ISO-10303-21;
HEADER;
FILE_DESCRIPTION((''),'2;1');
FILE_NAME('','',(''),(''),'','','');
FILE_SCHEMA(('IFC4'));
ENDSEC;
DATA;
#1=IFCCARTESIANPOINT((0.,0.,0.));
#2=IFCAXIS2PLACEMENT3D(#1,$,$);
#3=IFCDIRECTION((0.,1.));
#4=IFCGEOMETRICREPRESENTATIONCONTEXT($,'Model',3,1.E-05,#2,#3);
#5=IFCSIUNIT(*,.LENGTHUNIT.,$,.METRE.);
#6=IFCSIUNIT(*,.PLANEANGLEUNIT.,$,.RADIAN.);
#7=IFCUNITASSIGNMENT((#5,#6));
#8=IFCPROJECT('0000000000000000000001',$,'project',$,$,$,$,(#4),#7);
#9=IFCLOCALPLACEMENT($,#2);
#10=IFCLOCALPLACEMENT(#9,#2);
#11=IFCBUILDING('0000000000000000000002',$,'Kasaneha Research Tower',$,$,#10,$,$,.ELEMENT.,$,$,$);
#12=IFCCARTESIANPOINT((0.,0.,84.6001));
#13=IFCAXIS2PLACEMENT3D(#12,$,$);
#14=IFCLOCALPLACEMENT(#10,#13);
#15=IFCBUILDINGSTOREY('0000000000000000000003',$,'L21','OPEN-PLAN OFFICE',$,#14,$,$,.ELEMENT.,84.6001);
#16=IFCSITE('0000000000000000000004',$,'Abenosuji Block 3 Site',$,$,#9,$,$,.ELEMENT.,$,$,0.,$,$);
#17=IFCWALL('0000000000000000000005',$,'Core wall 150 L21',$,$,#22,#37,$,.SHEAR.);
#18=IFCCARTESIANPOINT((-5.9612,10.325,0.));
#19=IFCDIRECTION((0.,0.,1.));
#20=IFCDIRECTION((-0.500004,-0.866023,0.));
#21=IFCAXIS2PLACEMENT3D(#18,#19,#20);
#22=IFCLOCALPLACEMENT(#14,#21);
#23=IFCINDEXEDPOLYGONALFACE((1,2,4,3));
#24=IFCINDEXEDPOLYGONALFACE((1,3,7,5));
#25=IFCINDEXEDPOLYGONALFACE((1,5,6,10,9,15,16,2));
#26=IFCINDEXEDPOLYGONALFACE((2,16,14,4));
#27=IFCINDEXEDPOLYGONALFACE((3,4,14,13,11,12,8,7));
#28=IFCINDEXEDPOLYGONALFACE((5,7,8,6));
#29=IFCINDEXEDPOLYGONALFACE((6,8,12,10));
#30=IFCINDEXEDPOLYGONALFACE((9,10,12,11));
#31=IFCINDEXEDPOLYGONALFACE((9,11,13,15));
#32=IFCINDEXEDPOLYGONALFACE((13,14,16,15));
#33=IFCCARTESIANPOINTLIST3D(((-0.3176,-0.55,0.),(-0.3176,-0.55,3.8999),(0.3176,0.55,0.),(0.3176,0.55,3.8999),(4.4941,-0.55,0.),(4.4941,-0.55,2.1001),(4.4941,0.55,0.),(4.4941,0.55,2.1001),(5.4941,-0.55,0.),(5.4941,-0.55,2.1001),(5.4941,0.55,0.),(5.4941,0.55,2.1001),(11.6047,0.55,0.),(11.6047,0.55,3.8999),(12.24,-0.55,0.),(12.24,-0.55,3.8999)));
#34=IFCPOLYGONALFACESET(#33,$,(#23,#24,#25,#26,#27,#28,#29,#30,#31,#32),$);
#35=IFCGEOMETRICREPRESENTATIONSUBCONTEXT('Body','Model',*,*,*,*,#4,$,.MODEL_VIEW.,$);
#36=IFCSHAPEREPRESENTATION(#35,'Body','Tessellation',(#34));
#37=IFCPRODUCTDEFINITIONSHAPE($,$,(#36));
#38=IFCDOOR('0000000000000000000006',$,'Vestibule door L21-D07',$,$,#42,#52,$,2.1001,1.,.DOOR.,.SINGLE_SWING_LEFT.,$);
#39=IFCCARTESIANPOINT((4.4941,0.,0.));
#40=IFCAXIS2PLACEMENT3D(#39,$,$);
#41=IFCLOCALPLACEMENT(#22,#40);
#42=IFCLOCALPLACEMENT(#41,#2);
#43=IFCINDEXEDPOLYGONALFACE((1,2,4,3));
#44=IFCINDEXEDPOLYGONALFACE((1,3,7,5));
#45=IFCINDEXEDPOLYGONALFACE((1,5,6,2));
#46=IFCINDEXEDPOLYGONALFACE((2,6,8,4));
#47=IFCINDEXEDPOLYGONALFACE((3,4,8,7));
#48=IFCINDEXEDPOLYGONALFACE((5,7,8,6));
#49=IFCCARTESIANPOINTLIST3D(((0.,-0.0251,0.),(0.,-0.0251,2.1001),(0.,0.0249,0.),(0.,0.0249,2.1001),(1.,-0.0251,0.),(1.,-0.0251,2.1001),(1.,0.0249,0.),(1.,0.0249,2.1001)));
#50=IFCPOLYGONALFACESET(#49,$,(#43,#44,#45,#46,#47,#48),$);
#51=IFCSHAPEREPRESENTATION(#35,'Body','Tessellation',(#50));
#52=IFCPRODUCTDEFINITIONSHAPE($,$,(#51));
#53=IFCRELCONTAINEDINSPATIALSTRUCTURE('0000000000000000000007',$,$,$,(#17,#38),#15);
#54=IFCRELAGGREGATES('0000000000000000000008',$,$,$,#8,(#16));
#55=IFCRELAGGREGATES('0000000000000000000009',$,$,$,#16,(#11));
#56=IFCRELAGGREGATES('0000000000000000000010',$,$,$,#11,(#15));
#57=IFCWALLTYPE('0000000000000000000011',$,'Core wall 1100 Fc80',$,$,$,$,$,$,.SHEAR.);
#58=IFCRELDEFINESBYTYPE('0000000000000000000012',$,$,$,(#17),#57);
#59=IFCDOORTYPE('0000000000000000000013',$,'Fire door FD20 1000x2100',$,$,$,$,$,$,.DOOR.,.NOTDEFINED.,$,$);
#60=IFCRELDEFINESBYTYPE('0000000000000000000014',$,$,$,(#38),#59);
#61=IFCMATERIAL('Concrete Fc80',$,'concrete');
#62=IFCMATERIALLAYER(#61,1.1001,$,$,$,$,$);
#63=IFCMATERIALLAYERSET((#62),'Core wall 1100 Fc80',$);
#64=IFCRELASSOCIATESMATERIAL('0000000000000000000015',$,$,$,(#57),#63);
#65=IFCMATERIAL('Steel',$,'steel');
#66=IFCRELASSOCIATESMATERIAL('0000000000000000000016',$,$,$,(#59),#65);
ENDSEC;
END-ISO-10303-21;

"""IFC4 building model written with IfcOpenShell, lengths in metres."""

from ifc_helpers import new_model, si_unit, direction, frame, frame_2d, origin, place, context, subcontext, project, spatial, polyline, rectangle, outline, extrude, material, layer, layer_set, type_object, element, fill, save


model = new_model("IFC4")

# Units and contexts
model_context = context("Model", 3, precision=1e-05, world=origin(), true_north=direction((0.0, 1.0)))
body_context = subcontext(model_context, "Body", "Model", "MODEL_VIEW")
ifc_project = project(units=[si_unit("LENGTHUNIT", "METRE"), si_unit("PLANEANGLEUNIT", "RADIAN")], contexts=[model_context])

# Site, building, storey
site_placement = place(None, origin())
site = spatial("IfcSite", under=ifc_project, at=site_placement, Name="Abenosuji Block 3 Site", CompositionType="ELEMENT", RefElevation=0.0)
building_placement = place(site_placement, origin())
building = spatial("IfcBuilding", under=site, at=building_placement, Name="Kasaneha Research Tower", CompositionType="ELEMENT")
storey_placement = place(building_placement, frame((0.0, 0.0, 84.6001)))
storey = spatial("IfcBuildingStorey", under=building, at=storey_placement, Name="L21", Description="OPEN-PLAN OFFICE", CompositionType="ELEMENT", Elevation=84.6001)

# Wall, opening, door
ifc_material_1 = material(Name="Concrete Fc80", Category="concrete")
ifc_layer_1 = layer(ifc_material_1, 1.1001)
ifc_layer_set_1 = layer_set([ifc_layer_1], Name="Core wall 1100 Fc80")
wall_type_1 = type_object("IfcWallType", Name="Core wall 1100 Fc80", PredefinedType="SHEAR", material=ifc_layer_set_1)
wall_1_placement = place(storey_placement, frame((-5.9612, 10.325, 0.0), z_axis=(0.0, 0.0, 1.0), x_axis=(-0.500004, -0.866023, 0.0)))
wall_1 = element("IfcWall", 1, at=wall_1_placement, inside=storey, type_object=wall_type_1, Name="Core wall 150 L21", PredefinedType="SHEAR", context=body_context, shape_type="SweptSolid", body=[
    extrude(outline(polyline([(-0.3176, -0.55), (4.4941, -0.55), (5.4941, -0.55), (12.24, -0.55), (11.6047, 0.55), (5.4941, 0.55), (4.4941, 0.55), (0.3176, 0.55), (-0.3176, -0.55)])), origin(), (0.0, 0.0, 1.0), 3.8999),
])
opening_1_placement = place(wall_1_placement, frame((4.4941, 0.0, 0.0)))
opening_1 = element("IfcOpeningElement", 2, at=opening_1_placement, cuts=wall_1, PredefinedType="OPENING", context=body_context, shape_type="SweptSolid", body=[
    extrude(rectangle(XDim=1.0, YDim=2.1001, at=frame_2d((0.5, 1.05))), frame((0.0, 0.5601, 0.0), z_axis=(0.0, -1.0, 0.0), x_axis=(1.0, 0.0, 0.0)), (0.0, 0.0, 1.0), 1.1201),
])
ifc_material_2 = material(Name="Steel", Category="steel")
door_type_1 = type_object("IfcDoorType", Name="Fire door FD20 1000x2100", OperationType="NOTDEFINED", PredefinedType="DOOR", material=ifc_material_2)
door_1_placement = place(opening_1_placement, origin())
door_1 = element("IfcDoor", 3, at=door_1_placement, inside=storey, type_object=door_type_1, Name="Vestibule door L21-D07", OperationType="SINGLE_SWING_LEFT", OverallHeight=2.1001, OverallWidth=1.0, PredefinedType="DOOR", context=body_context, shape_type="SweptSolid", body=[
    extrude(rectangle(XDim=1.0, YDim=2.1001, at=frame_2d((0.5, 1.05))), frame((0.0, 0.0249, 0.0), z_axis=(0.0, -1.0, 0.0), x_axis=(1.0, 0.0, 0.0)), (0.0, 0.0, 1.0), 0.05),
])
fill(opening_1, door_1)

save(model, "model.ifc")
